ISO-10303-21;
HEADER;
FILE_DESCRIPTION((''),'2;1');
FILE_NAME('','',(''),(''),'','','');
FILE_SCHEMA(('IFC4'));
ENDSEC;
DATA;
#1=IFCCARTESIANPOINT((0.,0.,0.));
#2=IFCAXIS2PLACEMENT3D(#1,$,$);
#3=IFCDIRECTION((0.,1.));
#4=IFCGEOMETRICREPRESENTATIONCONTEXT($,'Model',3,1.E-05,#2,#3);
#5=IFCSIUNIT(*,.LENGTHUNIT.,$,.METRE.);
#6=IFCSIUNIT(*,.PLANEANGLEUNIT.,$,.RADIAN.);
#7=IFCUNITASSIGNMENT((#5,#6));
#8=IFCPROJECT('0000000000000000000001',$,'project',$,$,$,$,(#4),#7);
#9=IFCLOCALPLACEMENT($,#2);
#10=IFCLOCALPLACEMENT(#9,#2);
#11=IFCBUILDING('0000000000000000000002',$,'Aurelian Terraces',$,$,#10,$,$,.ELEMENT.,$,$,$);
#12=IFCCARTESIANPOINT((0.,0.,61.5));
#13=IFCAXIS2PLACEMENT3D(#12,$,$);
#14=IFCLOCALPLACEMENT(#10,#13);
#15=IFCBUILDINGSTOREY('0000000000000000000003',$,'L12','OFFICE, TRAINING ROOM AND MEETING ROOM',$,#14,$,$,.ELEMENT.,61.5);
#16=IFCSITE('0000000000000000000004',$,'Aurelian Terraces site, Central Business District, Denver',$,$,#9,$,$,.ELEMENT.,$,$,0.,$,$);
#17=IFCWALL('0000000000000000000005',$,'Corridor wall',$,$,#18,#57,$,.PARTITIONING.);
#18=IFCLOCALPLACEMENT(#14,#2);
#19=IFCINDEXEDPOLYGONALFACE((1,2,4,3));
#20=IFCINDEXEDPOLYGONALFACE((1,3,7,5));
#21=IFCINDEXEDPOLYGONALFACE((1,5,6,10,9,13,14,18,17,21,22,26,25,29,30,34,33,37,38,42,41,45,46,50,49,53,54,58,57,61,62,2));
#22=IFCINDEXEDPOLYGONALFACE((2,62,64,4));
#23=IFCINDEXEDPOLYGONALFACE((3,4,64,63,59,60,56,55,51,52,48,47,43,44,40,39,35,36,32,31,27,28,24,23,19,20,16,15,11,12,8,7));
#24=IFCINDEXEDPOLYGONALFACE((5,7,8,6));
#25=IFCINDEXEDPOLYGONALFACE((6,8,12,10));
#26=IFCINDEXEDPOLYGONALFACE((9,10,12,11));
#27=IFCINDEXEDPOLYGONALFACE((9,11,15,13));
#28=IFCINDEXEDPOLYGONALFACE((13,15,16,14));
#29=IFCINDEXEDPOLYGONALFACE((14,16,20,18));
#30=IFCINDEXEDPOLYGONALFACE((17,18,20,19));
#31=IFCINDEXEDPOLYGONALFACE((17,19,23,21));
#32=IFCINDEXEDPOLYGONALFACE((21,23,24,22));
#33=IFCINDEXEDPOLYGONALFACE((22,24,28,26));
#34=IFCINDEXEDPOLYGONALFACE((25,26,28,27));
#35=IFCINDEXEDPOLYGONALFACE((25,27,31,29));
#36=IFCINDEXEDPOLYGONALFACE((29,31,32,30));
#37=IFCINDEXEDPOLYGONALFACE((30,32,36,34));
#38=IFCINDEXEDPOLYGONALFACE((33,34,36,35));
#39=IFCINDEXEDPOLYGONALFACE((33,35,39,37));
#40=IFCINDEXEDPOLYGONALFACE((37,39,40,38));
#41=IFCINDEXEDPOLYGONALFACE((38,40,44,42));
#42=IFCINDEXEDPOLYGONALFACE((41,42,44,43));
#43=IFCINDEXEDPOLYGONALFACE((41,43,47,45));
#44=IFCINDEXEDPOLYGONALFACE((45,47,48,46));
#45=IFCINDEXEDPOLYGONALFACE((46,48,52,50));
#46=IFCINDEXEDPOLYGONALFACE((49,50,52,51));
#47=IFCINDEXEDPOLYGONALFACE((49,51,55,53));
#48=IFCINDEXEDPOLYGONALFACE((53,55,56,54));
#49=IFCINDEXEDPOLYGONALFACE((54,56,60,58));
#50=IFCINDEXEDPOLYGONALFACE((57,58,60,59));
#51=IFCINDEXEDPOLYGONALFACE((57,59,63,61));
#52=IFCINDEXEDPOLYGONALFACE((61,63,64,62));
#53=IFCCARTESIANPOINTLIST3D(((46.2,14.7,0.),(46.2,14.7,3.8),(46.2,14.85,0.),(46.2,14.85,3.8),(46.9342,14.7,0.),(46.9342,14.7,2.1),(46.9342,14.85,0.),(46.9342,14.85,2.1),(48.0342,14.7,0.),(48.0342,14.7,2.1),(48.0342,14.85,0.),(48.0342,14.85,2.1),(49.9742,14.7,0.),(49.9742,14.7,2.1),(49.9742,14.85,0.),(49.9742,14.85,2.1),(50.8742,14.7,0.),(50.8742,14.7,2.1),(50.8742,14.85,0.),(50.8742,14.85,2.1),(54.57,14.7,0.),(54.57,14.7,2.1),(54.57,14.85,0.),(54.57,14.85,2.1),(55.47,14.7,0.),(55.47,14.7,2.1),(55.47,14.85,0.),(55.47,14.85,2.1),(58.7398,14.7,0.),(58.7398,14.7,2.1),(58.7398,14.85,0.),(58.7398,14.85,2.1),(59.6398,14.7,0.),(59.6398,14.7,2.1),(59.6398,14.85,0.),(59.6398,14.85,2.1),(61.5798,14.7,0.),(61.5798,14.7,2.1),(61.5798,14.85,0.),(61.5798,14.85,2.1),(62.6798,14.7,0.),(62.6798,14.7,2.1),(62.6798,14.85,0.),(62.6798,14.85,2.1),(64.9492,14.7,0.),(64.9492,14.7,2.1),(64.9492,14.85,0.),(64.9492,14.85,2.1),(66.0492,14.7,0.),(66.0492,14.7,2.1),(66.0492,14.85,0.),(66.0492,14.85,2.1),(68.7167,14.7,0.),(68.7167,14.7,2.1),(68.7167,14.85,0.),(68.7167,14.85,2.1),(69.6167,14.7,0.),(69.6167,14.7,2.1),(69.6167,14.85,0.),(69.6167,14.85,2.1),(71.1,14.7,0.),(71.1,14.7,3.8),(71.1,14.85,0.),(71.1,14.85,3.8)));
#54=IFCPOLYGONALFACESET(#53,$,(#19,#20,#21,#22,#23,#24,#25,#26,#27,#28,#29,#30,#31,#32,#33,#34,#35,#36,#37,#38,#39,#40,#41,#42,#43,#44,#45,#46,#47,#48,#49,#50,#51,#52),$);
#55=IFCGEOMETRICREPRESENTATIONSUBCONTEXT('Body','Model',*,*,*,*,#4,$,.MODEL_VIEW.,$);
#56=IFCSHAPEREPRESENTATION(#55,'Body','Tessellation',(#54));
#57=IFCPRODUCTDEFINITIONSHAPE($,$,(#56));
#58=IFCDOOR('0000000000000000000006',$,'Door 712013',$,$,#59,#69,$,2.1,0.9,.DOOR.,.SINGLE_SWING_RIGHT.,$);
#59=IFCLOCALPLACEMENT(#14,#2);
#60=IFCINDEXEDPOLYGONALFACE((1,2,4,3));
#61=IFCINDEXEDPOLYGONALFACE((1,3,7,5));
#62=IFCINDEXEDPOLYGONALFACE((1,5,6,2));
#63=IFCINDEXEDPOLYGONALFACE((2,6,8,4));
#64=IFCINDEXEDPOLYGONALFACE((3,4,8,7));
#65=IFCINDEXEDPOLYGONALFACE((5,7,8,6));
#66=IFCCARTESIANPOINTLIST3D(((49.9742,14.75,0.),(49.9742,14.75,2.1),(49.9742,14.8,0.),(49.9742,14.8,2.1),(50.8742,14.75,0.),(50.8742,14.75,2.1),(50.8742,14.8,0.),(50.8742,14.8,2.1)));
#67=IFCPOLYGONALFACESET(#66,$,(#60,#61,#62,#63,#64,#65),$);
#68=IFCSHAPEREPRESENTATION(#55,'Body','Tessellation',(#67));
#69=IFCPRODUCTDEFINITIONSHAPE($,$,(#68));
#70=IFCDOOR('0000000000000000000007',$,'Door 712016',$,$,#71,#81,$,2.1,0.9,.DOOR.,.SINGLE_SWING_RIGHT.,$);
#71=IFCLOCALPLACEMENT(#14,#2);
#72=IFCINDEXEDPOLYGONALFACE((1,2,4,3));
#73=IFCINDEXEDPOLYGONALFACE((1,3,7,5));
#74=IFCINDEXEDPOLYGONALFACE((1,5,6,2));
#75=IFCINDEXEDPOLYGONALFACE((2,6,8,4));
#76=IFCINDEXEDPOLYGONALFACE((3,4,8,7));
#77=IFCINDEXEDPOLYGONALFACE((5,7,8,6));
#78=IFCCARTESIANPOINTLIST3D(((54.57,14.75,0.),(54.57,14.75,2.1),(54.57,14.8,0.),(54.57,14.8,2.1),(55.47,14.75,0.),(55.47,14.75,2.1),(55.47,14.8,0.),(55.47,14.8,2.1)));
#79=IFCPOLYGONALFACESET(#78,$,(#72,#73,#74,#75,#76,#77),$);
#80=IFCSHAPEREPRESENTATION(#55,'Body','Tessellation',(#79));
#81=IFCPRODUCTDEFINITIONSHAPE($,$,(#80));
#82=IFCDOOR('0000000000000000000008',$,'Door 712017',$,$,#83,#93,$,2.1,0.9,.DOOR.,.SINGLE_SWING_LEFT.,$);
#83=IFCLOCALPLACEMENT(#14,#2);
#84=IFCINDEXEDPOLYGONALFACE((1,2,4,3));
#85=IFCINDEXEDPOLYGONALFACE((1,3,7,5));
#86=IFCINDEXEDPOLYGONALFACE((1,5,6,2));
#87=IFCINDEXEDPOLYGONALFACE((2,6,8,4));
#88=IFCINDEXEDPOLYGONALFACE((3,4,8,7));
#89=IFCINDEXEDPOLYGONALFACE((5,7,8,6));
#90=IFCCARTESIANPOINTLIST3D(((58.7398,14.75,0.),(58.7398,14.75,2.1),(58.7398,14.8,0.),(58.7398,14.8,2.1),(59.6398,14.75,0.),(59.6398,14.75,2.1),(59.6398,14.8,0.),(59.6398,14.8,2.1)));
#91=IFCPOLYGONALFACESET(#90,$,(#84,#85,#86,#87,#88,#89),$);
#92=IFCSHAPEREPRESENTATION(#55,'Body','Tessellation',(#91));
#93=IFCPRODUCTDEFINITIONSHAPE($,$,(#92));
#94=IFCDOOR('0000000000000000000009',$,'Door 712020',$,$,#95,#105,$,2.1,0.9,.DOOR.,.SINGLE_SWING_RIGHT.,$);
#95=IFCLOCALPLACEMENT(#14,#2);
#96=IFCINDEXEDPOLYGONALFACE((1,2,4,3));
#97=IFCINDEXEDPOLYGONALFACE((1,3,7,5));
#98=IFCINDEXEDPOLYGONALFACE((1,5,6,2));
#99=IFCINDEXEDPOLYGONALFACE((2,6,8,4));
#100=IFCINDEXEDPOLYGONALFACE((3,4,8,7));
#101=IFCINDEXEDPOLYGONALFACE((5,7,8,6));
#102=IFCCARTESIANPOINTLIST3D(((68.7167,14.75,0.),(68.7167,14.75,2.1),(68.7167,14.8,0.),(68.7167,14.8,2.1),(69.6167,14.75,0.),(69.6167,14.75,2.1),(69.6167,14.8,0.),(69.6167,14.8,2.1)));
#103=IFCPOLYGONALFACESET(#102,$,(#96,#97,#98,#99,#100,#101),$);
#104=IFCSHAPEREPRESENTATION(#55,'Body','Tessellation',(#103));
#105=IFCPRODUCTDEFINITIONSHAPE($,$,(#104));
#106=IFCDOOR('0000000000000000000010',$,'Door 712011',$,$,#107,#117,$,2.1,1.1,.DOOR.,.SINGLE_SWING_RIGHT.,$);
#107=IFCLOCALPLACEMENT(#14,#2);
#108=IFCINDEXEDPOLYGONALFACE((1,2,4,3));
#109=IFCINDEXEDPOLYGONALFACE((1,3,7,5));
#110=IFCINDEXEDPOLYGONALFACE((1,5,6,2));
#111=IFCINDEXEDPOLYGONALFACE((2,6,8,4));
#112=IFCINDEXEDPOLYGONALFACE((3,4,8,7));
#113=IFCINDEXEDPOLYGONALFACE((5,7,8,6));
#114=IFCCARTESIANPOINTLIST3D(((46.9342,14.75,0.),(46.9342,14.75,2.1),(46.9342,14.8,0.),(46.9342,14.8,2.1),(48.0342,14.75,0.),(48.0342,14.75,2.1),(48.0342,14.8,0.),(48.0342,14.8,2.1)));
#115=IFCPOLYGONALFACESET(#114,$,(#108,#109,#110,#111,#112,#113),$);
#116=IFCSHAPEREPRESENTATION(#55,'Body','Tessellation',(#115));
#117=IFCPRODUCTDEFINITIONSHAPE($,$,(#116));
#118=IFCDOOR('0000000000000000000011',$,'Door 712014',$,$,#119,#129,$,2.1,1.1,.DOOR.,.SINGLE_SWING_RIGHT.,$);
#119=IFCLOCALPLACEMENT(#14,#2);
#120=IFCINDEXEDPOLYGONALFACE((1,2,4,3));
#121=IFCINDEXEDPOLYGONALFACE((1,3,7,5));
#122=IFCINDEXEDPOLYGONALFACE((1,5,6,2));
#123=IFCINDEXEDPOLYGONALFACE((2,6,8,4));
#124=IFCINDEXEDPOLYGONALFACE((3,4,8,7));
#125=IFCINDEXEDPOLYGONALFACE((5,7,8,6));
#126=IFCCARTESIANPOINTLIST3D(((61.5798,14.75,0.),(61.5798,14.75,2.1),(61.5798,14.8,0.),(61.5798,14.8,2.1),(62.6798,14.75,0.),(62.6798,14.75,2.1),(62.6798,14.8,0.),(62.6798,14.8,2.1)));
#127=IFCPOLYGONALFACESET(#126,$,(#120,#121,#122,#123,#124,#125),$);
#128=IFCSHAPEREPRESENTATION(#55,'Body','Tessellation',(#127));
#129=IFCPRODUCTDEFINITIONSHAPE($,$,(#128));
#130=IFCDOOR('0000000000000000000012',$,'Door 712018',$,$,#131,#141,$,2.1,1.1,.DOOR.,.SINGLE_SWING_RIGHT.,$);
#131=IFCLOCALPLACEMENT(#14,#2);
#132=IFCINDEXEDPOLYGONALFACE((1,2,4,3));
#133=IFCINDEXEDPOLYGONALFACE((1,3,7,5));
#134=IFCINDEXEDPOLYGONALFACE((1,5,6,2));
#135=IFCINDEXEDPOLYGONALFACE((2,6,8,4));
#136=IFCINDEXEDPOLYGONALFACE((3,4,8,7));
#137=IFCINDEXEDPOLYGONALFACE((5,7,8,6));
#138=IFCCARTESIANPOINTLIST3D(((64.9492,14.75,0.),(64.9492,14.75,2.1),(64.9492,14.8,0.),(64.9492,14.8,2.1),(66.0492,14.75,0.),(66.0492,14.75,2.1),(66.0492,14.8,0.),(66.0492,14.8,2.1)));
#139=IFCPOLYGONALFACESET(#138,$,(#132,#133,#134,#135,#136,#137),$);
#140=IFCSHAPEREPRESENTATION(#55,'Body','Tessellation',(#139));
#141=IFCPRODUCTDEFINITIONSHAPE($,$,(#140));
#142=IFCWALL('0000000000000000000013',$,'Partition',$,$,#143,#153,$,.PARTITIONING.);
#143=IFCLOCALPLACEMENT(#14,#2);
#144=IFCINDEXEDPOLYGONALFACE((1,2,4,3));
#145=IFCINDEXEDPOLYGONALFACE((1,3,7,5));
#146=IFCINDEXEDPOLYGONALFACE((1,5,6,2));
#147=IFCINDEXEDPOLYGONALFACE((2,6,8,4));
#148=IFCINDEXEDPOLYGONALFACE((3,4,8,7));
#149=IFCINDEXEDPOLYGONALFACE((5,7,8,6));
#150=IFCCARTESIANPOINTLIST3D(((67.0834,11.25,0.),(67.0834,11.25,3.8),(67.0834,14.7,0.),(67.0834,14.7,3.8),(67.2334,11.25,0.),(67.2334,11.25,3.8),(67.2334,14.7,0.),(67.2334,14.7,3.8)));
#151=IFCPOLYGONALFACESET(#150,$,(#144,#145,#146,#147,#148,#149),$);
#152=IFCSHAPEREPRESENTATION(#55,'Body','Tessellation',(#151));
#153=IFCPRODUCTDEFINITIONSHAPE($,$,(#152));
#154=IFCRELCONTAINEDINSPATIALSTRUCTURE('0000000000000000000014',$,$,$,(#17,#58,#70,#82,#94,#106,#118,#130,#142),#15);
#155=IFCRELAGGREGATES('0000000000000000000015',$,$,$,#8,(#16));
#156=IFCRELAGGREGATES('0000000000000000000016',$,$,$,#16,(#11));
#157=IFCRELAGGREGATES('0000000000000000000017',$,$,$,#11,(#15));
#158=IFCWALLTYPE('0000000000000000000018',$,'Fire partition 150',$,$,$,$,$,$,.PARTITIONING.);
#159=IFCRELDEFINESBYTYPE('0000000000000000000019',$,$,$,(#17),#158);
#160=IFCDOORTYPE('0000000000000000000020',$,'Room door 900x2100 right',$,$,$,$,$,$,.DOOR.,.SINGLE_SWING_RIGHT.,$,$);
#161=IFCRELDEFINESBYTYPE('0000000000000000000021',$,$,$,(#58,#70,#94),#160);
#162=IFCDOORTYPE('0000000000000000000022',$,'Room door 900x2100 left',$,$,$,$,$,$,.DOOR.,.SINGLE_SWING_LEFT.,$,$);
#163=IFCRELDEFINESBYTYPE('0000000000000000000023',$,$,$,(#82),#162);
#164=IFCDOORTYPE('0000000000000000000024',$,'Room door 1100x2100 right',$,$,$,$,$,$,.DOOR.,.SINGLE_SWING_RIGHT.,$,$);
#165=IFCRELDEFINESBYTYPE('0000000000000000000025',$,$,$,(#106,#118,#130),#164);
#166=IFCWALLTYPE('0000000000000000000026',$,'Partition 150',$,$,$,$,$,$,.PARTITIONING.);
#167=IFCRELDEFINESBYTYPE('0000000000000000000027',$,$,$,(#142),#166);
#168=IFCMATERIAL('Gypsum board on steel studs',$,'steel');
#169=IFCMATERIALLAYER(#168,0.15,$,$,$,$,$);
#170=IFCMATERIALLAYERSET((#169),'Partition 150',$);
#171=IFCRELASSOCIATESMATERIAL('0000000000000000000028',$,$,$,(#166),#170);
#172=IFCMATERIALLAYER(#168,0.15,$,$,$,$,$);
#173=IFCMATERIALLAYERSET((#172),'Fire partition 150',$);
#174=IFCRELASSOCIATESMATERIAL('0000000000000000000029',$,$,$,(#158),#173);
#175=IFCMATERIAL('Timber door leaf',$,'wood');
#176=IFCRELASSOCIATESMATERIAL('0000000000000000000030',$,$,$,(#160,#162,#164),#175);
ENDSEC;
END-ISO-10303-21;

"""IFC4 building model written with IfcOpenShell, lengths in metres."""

from ifc_helpers import new_model, si_unit, direction, frame, frame_2d, origin, place, context, subcontext, project, spatial, rectangle, extrude, source, transform, mapped, material, layer, layer_set, type_object, element, fill, save


model = new_model("IFC4")

# Units and contexts
model_context = context("Model", 3, precision=1e-05, world=origin(), true_north=direction((0.0, 1.0)))
body_context = subcontext(model_context, "Body", "Model", "MODEL_VIEW")
ifc_project = project(units=[si_unit("LENGTHUNIT", "METRE"), si_unit("PLANEANGLEUNIT", "RADIAN")], contexts=[model_context])

# Site, building, storey
site_placement = place(None, origin())
site = spatial("IfcSite", under=ifc_project, at=site_placement, Name="Aurelian Terraces site, Central Business District, Denver", CompositionType="ELEMENT", RefElevation=0.0)
building_placement = place(site_placement, origin())
building = spatial("IfcBuilding", under=site, at=building_placement, Name="Aurelian Terraces", CompositionType="ELEMENT")
storey_placement = place(building_placement, frame((0.0, 0.0, 61.5)))
storey = spatial("IfcBuildingStorey", under=building, at=storey_placement, Name="L12", Description="OFFICE, TRAINING ROOM AND MEETING ROOM", CompositionType="ELEMENT", Elevation=61.5)

# Shared definitions
ifc_material_1 = material(Name="Gypsum board on steel studs", Category="steel")
ifc_layer_1 = layer(ifc_material_1, 0.15)
ifc_layer_set_1 = layer_set([ifc_layer_1], Name="Partition 150")
wall_type_1 = type_object("IfcWallType", Name="Partition 150", PredefinedType="PARTITIONING", material=ifc_layer_set_1)

# Wall, openings, doors
ifc_layer_2 = layer(ifc_material_1, 0.15)
ifc_layer_set_2 = layer_set([ifc_layer_2], Name="Fire partition 150")
wall_type_2 = type_object("IfcWallType", Name="Fire partition 150", PredefinedType="PARTITIONING", material=ifc_layer_set_2)
shared_shape_1 = source(origin(), body_context, "Body", "SweptSolid", [
    extrude(rectangle(XDim=24.9, YDim=0.15, at=frame_2d((12.45, 0.0))), origin(), (0.0, 0.0, 1.0), 3.8),
])
wall_1_placement = place(storey_placement, frame((71.1, 14.775, 0.0), z_axis=(0.0, 0.0, 1.0), x_axis=(-1.0, 0.0, 0.0)))
wall_1 = element("IfcWall", 1, at=wall_1_placement, inside=storey, type_object=wall_type_2, Name="Corridor wall", PredefinedType="PARTITIONING", context=body_context, shape_type="MappedRepresentation", body=[
    mapped(shared_shape_1, transform((0.0, 0.0, 0.0), scale=1.0)),
])
shared_shape_2 = source(origin(), body_context, "Body", "SweptSolid", [
    extrude(rectangle(XDim=1.1, YDim=2.1, at=frame_2d((0.55, 1.05))), frame((0.0, 0.085, 0.0), z_axis=(0.0, -1.0, 0.0), x_axis=(1.0, 0.0, 0.0)), (0.0, 0.0, 1.0), 0.17),
])
opening_1_placement = place(wall_1_placement, frame((23.0658, 0.0, 0.0)))
opening_1 = element("IfcOpeningElement", 2, at=opening_1_placement, cuts=wall_1, PredefinedType="OPENING", context=body_context, shape_type="MappedRepresentation", body=[
    mapped(shared_shape_2, transform((0.0, 0.0, 0.0), scale=1.0)),
])
shared_shape_3 = source(origin(), body_context, "Body", "SweptSolid", [
    extrude(rectangle(XDim=0.9, YDim=2.1, at=frame_2d((0.45, 1.05))), frame((0.0, 0.085, 0.0), z_axis=(0.0, -1.0, 0.0), x_axis=(1.0, 0.0, 0.0)), (0.0, 0.0, 1.0), 0.17),
])
opening_2_placement = place(wall_1_placement, frame((20.2258, 0.0, 0.0)))
opening_2 = element("IfcOpeningElement", 3, at=opening_2_placement, cuts=wall_1, PredefinedType="OPENING", context=body_context, shape_type="MappedRepresentation", body=[
    mapped(shared_shape_3, transform((0.0, 0.0, 0.0), scale=1.0)),
])
opening_3_placement = place(wall_1_placement, frame((8.4202, 0.0, 0.0)))
opening_3 = element("IfcOpeningElement", 4, at=opening_3_placement, cuts=wall_1, PredefinedType="OPENING", context=body_context, shape_type="MappedRepresentation", body=[
    mapped(shared_shape_2, transform((0.0, 0.0, 0.0), scale=1.0)),
])
opening_4_placement = place(wall_1_placement, frame((15.63, 0.0, 0.0)))
opening_4 = element("IfcOpeningElement", 5, at=opening_4_placement, cuts=wall_1, PredefinedType="OPENING", context=body_context, shape_type="MappedRepresentation", body=[
    mapped(shared_shape_3, transform((0.0, 0.0, 0.0), scale=1.0)),
])
opening_5_placement = place(wall_1_placement, frame((11.4602, 0.0, 0.0)))
opening_5 = element("IfcOpeningElement", 6, at=opening_5_placement, cuts=wall_1, PredefinedType="OPENING", context=body_context, shape_type="MappedRepresentation", body=[
    mapped(shared_shape_3, transform((0.0, 0.0, 0.0), scale=1.0)),
])
opening_6_placement = place(wall_1_placement, frame((5.0508, 0.0, 0.0)))
opening_6 = element("IfcOpeningElement", 7, at=opening_6_placement, cuts=wall_1, PredefinedType="OPENING", context=body_context, shape_type="MappedRepresentation", body=[
    mapped(shared_shape_2, transform((0.0, 0.0, 0.0), scale=1.0)),
])
opening_7_placement = place(wall_1_placement, frame((1.4833, 0.0, 0.0)))
opening_7 = element("IfcOpeningElement", 8, at=opening_7_placement, cuts=wall_1, PredefinedType="OPENING", context=body_context, shape_type="MappedRepresentation", body=[
    mapped(shared_shape_3, transform((0.0, 0.0, 0.0), scale=1.0)),
])
ifc_material_2 = material(Name="Timber door leaf", Category="wood")
door_type_1 = type_object("IfcDoorType", Name="Room door 900x2100 right", OperationType="SINGLE_SWING_RIGHT", PredefinedType="DOOR", material=ifc_material_2)
shared_shape_4 = source(origin(), body_context, "Body", "SweptSolid", [
    extrude(rectangle(XDim=0.9, YDim=2.1, at=frame_2d((0.45, 1.05))), frame((0.0, 0.025, 0.0), z_axis=(0.0, -1.0, 0.0), x_axis=(1.0, 0.0, 0.0)), (0.0, 0.0, 1.0), 0.05),
])
door_1_placement = place(opening_2_placement, origin())
door_1 = element("IfcDoor", 9, at=door_1_placement, inside=storey, type_object=door_type_1, Name="Door 712013", OperationType="SINGLE_SWING_RIGHT", OverallHeight=2.1, OverallWidth=0.9, PredefinedType="DOOR", context=body_context, shape_type="MappedRepresentation", body=[
    mapped(shared_shape_4, transform((0.0, 0.0, 0.0), scale=1.0)),
])
fill(opening_2, door_1)
door_2_placement = place(opening_4_placement, origin())
door_2 = element("IfcDoor", 10, at=door_2_placement, inside=storey, type_object=door_type_1, Name="Door 712016", OperationType="SINGLE_SWING_RIGHT", OverallHeight=2.1, OverallWidth=0.9, PredefinedType="DOOR", context=body_context, shape_type="MappedRepresentation", body=[
    mapped(shared_shape_4, transform((0.0, 0.0, 0.0), scale=1.0)),
])
fill(opening_4, door_2)
door_type_2 = type_object("IfcDoorType", Name="Room door 900x2100 left", OperationType="SINGLE_SWING_LEFT", PredefinedType="DOOR", material=ifc_material_2)
door_3_placement = place(opening_5_placement, origin())
door_3 = element("IfcDoor", 11, at=door_3_placement, inside=storey, type_object=door_type_2, Name="Door 712017", OperationType="SINGLE_SWING_LEFT", OverallHeight=2.1, OverallWidth=0.9, PredefinedType="DOOR", context=body_context, shape_type="MappedRepresentation", body=[
    mapped(shared_shape_4, transform((0.0, 0.0, 0.0), scale=1.0)),
])
fill(opening_5, door_3)
door_4_placement = place(opening_7_placement, origin())
door_4 = element("IfcDoor", 12, at=door_4_placement, inside=storey, type_object=door_type_1, Name="Door 712020", OperationType="SINGLE_SWING_RIGHT", OverallHeight=2.1, OverallWidth=0.9, PredefinedType="DOOR", context=body_context, shape_type="MappedRepresentation", body=[
    mapped(shared_shape_4, transform((0.0, 0.0, 0.0), scale=1.0)),
])
fill(opening_7, door_4)
door_type_3 = type_object("IfcDoorType", Name="Room door 1100x2100 right", OperationType="SINGLE_SWING_RIGHT", PredefinedType="DOOR", material=ifc_material_2)
shared_shape_5 = source(origin(), body_context, "Body", "SweptSolid", [
    extrude(rectangle(XDim=1.1, YDim=2.1, at=frame_2d((0.55, 1.05))), frame((0.0, 0.025, 0.0), z_axis=(0.0, -1.0, 0.0), x_axis=(1.0, 0.0, 0.0)), (0.0, 0.0, 1.0), 0.05),
])
door_5_placement = place(opening_1_placement, origin())
door_5 = element("IfcDoor", 13, at=door_5_placement, inside=storey, type_object=door_type_3, Name="Door 712011", OperationType="SINGLE_SWING_RIGHT", OverallHeight=2.1, OverallWidth=1.1, PredefinedType="DOOR", context=body_context, shape_type="MappedRepresentation", body=[
    mapped(shared_shape_5, transform((0.0, 0.0, 0.0), scale=1.0)),
])
fill(opening_1, door_5)
door_6_placement = place(opening_3_placement, origin())
door_6 = element("IfcDoor", 14, at=door_6_placement, inside=storey, type_object=door_type_3, Name="Door 712014", OperationType="SINGLE_SWING_RIGHT", OverallHeight=2.1, OverallWidth=1.1, PredefinedType="DOOR", context=body_context, shape_type="MappedRepresentation", body=[
    mapped(shared_shape_5, transform((0.0, 0.0, 0.0), scale=1.0)),
])
fill(opening_3, door_6)
door_7_placement = place(opening_6_placement, origin())
door_7 = element("IfcDoor", 15, at=door_7_placement, inside=storey, type_object=door_type_3, Name="Door 712018", OperationType="SINGLE_SWING_RIGHT", OverallHeight=2.1, OverallWidth=1.1, PredefinedType="DOOR", context=body_context, shape_type="MappedRepresentation", body=[
    mapped(shared_shape_5, transform((0.0, 0.0, 0.0), scale=1.0)),
])
fill(opening_6, door_7)

# Wall
shared_shape_6 = source(origin(), body_context, "Body", "SweptSolid", [
    extrude(rectangle(XDim=3.45, YDim=0.15, at=frame_2d((1.725, 0.0))), origin(), (0.0, 0.0, 1.0), 3.8),
])
wall_2_placement = place(storey_placement, frame((67.1584, 11.25, 0.0), z_axis=(0.0, 0.0, 1.0), x_axis=(0.0, 1.0, 0.0)))
element("IfcWall", 16, at=wall_2_placement, inside=storey, type_object=wall_type_1, Name="Partition", PredefinedType="PARTITIONING", context=body_context, shape_type="MappedRepresentation", body=[
    mapped(shared_shape_6, transform((0.0, 0.0, 0.0), scale=1.0)),
])

save(model, "model.ifc")
